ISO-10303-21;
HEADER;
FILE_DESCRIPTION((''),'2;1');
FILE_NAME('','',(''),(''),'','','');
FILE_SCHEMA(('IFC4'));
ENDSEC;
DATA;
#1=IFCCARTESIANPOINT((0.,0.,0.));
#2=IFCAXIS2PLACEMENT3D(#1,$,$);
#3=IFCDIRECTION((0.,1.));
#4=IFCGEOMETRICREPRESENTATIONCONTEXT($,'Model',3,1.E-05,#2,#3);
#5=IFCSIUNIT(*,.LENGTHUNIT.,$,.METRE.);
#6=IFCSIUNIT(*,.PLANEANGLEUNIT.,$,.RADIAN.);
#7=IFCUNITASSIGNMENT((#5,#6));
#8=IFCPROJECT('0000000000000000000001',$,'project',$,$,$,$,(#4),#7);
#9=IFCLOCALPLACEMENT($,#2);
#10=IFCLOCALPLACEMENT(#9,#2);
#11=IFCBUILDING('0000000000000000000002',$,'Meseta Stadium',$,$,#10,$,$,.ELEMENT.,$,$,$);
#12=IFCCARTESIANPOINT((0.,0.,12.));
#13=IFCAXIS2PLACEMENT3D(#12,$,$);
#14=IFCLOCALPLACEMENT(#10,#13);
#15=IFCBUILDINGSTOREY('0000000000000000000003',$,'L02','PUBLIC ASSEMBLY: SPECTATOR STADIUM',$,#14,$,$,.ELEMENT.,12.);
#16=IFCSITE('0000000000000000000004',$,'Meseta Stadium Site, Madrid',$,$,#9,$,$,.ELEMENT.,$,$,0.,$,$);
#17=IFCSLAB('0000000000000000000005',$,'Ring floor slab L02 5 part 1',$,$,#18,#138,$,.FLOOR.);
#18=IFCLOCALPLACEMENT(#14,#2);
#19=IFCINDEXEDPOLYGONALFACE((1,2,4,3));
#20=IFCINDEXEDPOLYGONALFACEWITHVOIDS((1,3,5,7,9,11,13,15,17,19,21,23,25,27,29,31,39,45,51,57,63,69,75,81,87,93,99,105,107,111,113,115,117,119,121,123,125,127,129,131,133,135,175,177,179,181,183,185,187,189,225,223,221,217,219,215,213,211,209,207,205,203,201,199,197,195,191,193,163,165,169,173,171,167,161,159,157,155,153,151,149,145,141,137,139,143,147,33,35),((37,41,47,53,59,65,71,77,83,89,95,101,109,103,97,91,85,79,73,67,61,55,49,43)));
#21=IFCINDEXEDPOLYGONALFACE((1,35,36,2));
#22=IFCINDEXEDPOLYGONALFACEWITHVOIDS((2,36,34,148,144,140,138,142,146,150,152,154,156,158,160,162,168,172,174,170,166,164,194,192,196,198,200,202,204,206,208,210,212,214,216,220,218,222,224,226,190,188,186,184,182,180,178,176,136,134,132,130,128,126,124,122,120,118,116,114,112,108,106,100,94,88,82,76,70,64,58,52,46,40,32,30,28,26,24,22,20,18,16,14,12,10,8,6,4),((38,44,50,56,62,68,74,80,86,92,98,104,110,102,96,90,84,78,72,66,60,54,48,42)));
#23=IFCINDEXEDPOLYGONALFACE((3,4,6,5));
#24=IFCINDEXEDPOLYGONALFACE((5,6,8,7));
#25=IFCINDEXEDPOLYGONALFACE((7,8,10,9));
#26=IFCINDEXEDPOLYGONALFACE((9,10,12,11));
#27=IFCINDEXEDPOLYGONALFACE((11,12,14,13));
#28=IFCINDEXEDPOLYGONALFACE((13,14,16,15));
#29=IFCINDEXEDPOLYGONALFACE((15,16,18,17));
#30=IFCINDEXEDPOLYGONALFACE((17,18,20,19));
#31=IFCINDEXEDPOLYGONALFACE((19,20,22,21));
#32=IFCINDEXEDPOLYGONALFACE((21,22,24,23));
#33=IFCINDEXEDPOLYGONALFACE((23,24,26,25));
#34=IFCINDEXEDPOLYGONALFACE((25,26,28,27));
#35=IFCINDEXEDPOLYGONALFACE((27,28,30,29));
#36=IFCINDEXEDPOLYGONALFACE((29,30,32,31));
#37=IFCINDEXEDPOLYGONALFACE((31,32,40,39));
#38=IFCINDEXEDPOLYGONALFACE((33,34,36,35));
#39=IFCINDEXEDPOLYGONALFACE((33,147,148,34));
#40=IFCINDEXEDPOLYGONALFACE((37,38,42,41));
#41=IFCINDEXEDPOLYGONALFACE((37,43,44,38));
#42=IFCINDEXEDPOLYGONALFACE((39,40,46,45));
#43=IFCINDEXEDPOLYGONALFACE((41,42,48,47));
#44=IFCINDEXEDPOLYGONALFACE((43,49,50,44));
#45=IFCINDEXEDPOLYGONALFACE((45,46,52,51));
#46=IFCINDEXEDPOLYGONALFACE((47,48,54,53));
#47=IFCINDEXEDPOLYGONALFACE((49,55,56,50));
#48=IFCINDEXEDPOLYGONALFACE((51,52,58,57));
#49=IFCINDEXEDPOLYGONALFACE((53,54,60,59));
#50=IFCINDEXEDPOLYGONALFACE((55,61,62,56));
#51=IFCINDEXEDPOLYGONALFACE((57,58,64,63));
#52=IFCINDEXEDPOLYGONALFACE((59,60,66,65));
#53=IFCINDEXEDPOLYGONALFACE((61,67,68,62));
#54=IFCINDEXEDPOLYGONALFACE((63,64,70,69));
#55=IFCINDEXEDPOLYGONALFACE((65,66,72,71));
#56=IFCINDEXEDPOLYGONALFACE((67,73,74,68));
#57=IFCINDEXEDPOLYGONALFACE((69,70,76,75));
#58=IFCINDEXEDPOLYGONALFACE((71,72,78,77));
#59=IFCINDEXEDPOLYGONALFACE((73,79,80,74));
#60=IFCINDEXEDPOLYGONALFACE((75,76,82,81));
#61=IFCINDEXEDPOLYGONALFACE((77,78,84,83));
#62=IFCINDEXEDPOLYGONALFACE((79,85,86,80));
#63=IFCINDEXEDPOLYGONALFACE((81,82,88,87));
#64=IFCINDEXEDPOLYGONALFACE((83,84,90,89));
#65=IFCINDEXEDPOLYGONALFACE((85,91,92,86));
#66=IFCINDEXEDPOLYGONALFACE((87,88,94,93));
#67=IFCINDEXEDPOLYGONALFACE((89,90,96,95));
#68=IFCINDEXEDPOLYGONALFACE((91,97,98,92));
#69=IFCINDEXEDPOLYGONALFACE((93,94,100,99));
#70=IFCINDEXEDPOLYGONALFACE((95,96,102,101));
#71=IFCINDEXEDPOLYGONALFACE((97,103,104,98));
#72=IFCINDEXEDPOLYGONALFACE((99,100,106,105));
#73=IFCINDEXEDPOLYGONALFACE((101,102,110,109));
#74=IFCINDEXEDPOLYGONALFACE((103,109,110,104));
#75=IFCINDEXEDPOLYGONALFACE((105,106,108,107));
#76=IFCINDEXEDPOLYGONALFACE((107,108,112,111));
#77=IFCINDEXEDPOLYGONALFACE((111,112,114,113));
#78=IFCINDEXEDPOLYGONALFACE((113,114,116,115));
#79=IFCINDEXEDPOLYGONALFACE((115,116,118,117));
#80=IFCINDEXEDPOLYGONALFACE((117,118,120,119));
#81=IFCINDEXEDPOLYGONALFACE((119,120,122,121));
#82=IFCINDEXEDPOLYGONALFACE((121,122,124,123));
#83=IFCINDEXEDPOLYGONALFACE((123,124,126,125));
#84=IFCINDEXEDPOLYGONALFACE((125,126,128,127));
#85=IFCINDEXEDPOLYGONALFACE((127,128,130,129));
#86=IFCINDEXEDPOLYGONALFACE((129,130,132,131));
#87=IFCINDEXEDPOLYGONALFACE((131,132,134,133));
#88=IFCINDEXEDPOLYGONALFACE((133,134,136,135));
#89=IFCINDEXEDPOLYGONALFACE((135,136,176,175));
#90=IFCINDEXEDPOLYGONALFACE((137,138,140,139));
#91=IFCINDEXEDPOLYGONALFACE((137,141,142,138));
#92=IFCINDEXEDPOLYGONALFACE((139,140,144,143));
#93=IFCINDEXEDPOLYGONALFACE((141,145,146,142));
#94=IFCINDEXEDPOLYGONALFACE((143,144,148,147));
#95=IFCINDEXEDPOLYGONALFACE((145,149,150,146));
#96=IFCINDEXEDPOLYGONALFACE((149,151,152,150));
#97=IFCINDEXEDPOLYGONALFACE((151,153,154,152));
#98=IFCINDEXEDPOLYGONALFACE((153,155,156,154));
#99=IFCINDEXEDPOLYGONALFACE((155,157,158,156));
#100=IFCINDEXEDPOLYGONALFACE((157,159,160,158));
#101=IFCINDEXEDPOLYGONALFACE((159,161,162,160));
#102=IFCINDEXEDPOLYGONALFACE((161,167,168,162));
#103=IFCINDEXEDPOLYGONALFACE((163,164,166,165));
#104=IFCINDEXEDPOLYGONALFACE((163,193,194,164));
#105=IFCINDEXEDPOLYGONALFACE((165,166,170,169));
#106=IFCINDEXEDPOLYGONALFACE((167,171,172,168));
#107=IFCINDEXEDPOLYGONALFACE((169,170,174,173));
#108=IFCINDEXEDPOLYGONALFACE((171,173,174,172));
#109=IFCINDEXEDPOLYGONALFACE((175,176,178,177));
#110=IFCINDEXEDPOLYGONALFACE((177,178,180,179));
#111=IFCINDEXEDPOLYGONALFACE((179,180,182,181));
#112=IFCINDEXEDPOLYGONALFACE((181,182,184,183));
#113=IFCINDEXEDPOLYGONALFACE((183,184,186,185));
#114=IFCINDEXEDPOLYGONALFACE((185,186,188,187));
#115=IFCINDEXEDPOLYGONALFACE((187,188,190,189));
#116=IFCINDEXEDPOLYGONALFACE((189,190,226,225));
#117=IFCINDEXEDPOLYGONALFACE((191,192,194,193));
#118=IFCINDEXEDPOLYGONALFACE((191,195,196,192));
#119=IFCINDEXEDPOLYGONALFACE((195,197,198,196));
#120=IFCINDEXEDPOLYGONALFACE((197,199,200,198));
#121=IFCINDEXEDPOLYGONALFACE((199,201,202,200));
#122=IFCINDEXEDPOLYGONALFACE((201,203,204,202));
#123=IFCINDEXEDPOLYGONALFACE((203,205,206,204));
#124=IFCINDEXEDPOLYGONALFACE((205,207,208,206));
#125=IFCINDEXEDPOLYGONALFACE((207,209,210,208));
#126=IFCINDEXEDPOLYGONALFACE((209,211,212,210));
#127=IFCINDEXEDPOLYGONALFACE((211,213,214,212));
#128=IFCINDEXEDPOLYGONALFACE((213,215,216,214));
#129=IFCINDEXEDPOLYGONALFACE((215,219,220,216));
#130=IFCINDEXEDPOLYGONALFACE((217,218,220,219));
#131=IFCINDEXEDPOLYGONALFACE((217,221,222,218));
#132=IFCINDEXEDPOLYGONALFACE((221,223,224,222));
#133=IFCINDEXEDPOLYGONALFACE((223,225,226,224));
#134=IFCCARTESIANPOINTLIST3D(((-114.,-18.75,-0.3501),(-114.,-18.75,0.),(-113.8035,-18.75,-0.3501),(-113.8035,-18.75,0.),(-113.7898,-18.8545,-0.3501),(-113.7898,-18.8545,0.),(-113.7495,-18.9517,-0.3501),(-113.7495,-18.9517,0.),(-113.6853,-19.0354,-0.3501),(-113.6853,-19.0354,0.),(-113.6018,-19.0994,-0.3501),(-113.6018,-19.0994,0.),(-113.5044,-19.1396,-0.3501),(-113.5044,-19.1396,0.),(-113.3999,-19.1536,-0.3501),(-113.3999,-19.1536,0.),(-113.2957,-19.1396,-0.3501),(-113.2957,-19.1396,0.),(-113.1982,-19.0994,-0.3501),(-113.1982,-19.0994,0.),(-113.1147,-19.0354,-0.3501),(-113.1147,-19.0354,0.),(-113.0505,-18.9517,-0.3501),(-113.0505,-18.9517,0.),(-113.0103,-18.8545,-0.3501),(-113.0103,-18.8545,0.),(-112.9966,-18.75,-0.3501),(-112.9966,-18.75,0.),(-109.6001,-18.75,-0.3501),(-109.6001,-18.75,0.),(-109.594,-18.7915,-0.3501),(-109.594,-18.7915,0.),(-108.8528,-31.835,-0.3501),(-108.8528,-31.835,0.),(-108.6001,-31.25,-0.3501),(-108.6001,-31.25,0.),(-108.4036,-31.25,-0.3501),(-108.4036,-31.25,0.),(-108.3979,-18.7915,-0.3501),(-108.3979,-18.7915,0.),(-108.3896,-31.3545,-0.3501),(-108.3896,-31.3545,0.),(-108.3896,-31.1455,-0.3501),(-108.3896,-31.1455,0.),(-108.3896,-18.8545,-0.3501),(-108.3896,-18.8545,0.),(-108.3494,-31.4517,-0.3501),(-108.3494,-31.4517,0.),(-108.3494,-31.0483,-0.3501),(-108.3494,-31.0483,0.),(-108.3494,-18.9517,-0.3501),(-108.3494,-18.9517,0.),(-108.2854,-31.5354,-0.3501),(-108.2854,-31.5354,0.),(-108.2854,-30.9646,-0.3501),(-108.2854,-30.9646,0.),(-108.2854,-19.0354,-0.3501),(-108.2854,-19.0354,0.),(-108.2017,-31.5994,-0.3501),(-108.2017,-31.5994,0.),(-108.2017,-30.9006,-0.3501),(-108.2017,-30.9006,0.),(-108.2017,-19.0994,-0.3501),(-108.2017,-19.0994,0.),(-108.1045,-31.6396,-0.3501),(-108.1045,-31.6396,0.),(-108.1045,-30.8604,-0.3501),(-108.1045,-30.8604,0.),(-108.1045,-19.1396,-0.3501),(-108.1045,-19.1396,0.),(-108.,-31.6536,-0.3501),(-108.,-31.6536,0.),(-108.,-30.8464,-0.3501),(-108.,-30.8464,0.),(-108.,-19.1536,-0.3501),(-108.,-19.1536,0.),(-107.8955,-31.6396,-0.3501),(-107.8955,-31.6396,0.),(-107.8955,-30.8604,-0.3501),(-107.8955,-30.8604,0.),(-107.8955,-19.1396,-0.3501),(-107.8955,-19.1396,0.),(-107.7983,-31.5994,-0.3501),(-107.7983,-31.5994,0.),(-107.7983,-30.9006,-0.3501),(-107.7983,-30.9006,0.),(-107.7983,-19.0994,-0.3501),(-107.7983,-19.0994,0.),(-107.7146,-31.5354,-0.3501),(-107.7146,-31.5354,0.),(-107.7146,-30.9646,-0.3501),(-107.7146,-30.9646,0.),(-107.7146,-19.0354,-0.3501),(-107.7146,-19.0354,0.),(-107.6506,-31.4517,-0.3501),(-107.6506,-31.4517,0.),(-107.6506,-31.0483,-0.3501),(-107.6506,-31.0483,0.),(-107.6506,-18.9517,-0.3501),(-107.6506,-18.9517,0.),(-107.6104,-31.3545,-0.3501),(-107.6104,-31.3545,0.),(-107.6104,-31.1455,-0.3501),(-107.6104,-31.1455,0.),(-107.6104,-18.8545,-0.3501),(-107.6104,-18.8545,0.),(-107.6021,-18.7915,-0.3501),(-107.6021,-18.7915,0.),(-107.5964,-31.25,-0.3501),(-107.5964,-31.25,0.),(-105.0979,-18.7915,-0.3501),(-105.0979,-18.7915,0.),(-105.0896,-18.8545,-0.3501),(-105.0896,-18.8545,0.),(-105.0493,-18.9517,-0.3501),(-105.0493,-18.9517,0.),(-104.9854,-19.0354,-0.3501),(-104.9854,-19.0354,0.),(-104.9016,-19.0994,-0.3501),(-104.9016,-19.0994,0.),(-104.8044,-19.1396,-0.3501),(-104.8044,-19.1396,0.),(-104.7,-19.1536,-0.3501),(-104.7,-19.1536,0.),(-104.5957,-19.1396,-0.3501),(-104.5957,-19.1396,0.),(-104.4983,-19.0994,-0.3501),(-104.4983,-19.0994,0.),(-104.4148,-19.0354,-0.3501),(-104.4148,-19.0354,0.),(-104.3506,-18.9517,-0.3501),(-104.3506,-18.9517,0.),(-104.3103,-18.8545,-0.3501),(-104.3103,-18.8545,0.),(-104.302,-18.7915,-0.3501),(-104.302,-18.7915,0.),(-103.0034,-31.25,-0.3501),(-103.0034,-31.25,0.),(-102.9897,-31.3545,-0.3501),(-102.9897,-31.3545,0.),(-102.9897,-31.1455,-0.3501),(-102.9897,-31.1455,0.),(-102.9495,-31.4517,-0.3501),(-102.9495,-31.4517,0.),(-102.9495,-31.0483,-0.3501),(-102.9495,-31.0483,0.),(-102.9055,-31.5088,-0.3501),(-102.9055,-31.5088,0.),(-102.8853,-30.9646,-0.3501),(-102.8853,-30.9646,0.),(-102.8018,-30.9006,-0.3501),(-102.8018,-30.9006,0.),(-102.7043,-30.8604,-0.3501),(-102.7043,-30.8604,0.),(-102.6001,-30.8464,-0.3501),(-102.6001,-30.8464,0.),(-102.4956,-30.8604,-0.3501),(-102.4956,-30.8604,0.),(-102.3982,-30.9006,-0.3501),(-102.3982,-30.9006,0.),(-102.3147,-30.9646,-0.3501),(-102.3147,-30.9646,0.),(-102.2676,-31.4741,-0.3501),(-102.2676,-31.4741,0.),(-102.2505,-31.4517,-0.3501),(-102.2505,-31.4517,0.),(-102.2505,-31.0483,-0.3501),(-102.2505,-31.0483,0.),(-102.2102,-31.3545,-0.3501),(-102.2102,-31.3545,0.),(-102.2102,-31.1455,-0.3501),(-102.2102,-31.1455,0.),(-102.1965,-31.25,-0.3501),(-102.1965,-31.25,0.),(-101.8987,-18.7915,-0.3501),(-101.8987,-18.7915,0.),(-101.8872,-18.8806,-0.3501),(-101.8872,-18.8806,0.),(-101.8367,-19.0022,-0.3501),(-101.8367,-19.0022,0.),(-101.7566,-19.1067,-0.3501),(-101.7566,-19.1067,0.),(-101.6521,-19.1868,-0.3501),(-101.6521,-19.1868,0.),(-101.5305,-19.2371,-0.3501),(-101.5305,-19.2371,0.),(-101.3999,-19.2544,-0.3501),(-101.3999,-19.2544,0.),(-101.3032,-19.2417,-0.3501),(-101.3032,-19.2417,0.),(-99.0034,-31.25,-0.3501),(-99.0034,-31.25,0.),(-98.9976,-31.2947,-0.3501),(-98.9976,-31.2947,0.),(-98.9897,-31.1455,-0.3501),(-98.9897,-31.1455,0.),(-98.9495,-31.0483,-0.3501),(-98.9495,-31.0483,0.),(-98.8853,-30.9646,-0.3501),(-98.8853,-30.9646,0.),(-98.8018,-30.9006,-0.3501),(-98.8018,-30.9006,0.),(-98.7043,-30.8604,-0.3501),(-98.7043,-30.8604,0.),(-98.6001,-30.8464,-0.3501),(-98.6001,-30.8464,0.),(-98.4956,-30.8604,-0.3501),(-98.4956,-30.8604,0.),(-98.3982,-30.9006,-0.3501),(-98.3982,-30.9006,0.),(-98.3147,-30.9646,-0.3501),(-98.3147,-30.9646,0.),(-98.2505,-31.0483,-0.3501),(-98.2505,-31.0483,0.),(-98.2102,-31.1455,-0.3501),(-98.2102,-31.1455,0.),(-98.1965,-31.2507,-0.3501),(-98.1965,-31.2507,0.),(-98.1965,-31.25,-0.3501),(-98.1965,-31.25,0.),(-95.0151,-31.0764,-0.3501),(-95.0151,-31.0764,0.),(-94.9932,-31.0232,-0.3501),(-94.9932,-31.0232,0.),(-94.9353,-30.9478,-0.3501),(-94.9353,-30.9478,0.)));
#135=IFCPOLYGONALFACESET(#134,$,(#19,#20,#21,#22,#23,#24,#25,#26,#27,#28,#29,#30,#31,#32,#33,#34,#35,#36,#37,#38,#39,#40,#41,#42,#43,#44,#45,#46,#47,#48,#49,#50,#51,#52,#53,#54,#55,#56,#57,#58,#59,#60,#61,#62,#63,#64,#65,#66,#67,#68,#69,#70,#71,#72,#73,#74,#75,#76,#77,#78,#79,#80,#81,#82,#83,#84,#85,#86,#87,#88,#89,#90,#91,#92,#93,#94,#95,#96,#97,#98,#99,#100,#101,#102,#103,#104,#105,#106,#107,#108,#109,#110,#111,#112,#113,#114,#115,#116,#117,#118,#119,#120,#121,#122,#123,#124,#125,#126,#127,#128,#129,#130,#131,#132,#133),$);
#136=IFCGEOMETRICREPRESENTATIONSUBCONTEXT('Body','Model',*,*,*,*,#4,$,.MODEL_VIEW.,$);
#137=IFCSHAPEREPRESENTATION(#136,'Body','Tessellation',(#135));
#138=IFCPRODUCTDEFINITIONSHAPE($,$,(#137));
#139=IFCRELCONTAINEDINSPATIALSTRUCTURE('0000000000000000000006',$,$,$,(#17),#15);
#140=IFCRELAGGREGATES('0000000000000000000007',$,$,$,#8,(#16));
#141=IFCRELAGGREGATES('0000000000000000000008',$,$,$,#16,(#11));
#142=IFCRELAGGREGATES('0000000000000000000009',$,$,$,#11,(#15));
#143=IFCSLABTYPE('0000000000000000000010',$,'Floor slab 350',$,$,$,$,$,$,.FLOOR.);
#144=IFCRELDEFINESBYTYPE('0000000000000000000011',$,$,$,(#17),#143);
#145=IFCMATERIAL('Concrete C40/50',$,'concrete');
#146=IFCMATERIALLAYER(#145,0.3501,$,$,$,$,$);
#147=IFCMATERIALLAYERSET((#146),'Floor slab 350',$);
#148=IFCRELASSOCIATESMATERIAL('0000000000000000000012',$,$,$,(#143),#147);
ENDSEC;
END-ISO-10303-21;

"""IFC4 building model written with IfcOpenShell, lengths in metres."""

from ifc_helpers import new_model, si_unit, direction, frame, origin, place, context, subcontext, project, spatial, polyline, outline, extrude, material, layer, layer_set, type_object, element, save


model = new_model("IFC4")

# Units and contexts
model_context = context("Model", 3, precision=1e-05, world=origin(), true_north=direction((0.0, 1.0)))
body_context = subcontext(model_context, "Body", "Model", "MODEL_VIEW")
ifc_project = project(units=[si_unit("LENGTHUNIT", "METRE"), si_unit("PLANEANGLEUNIT", "RADIAN")], contexts=[model_context])

# Site, building, storey
site_placement = place(None, origin())
site = spatial("IfcSite", under=ifc_project, at=site_placement, Name="Meseta Stadium Site, Madrid", CompositionType="ELEMENT", RefElevation=0.0)
building_placement = place(site_placement, origin())
building = spatial("IfcBuilding", under=site, at=building_placement, Name="Meseta Stadium", CompositionType="ELEMENT")
storey_placement = place(building_placement, frame((0.0, 0.0, 12.0)))
storey = spatial("IfcBuildingStorey", under=building, at=storey_placement, Name="L02", Description="PUBLIC ASSEMBLY: SPECTATOR STADIUM", CompositionType="ELEMENT", Elevation=12.0)

# Slab
ifc_material_1 = material(Name="Concrete C40/50", Category="concrete")
ifc_layer_1 = layer(ifc_material_1, 0.3501)
ifc_layer_set_1 = layer_set([ifc_layer_1], Name="Floor slab 350")
slab_type_1 = type_object("IfcSlabType", Name="Floor slab 350", PredefinedType="FLOOR", material=ifc_layer_set_1)
slab_1_placement = place(storey_placement, frame((0.0, 0.0, -0.3501)))
element("IfcSlab", 1, at=slab_1_placement, inside=storey, type_object=slab_type_1, Name="Ring floor slab L02 5 part 1", PredefinedType="FLOOR", context=body_context, shape_type="SweptSolid", body=[
    extrude(outline(polyline([(-101.8872, -18.8806), (-101.8987, -18.7915), (-104.302, -18.7915), (-104.3103, -18.8545), (-104.3506, -18.9517), (-104.4148, -19.0354), (-104.4983, -19.0994), (-104.5957, -19.1396), (-104.7, -19.1536), (-104.8044, -19.1396), (-104.9016, -19.0994), (-104.9854, -19.0354), (-105.0493, -18.9517), (-105.0896, -18.8545), (-105.0979, -18.7915), (-107.6021, -18.7915), (-107.6104, -18.8545), (-107.6506, -18.9517), (-107.7146, -19.0354), (-107.7983, -19.0994), (-107.8955, -19.1396), (-108.0, -19.1536), (-108.1045, -19.1396), (-108.2017, -19.0994), (-108.2854, -19.0354), (-108.3494, -18.9517), (-108.3896, -18.8545), (-108.3979, -18.7915), (-109.594, -18.7915), (-109.6001, -18.75), (-112.9966, -18.75), (-113.0103, -18.8545), (-113.0505, -18.9517), (-113.1147, -19.0354), (-113.1982, -19.0994), (-113.2957, -19.1396), (-113.3999, -19.1536), (-113.5044, -19.1396), (-113.6018, -19.0994), (-113.6853, -19.0354), (-113.7495, -18.9517), (-113.7898, -18.8545), (-113.8035, -18.75), (-114.0, -18.75), (-108.6001, -31.25), (-108.8528, -31.835), (-102.9055, -31.5088), (-102.9495, -31.4517), (-102.9897, -31.3545), (-103.0034, -31.25), (-102.9897, -31.1455), (-102.9495, -31.0483), (-102.8853, -30.9646), (-102.8018, -30.9006), (-102.7043, -30.8604), (-102.6001, -30.8464), (-102.4956, -30.8604), (-102.3982, -30.9006), (-102.3147, -30.9646), (-102.2505, -31.0483), (-102.2102, -31.1455), (-102.1965, -31.25), (-102.2102, -31.3545), (-102.2505, -31.4517), (-102.2676, -31.4741), (-98.9976, -31.2947), (-99.0034, -31.25), (-98.9897, -31.1455), (-98.9495, -31.0483), (-98.8853, -30.9646), (-98.8018, -30.9006), (-98.7043, -30.8604), (-98.6001, -30.8464), (-98.4956, -30.8604), (-98.3982, -30.9006), (-98.3147, -30.9646), (-98.2505, -31.0483), (-98.2102, -31.1455), (-98.1965, -31.25), (-98.1965, -31.2507), (-95.0151, -31.0764), (-94.9932, -31.0232), (-94.9353, -30.9478), (-101.3032, -19.2417), (-101.3999, -19.2544), (-101.5305, -19.2371), (-101.6521, -19.1868), (-101.7566, -19.1067), (-101.8367, -19.0022), (-101.8872, -18.8806)]), holes=[polyline([(-108.0, -31.6536), (-108.1045, -31.6396), (-108.2017, -31.5994), (-108.2854, -31.5354), (-108.3494, -31.4517), (-108.3896, -31.3545), (-108.4036, -31.25), (-108.3896, -31.1455), (-108.3494, -31.0483), (-108.2854, -30.9646), (-108.2017, -30.9006), (-108.1045, -30.8604), (-108.0, -30.8464), (-107.8955, -30.8604), (-107.7983, -30.9006), (-107.7146, -30.9646), (-107.6506, -31.0483), (-107.6104, -31.1455), (-107.5964, -31.25), (-107.6104, -31.3545), (-107.6506, -31.4517), (-107.7146, -31.5354), (-107.7983, -31.5994), (-107.8955, -31.6396), (-108.0, -31.6536)])]), origin(), (0.0, 0.0, 1.0), 0.3501),
])

save(model, "model.ifc")
